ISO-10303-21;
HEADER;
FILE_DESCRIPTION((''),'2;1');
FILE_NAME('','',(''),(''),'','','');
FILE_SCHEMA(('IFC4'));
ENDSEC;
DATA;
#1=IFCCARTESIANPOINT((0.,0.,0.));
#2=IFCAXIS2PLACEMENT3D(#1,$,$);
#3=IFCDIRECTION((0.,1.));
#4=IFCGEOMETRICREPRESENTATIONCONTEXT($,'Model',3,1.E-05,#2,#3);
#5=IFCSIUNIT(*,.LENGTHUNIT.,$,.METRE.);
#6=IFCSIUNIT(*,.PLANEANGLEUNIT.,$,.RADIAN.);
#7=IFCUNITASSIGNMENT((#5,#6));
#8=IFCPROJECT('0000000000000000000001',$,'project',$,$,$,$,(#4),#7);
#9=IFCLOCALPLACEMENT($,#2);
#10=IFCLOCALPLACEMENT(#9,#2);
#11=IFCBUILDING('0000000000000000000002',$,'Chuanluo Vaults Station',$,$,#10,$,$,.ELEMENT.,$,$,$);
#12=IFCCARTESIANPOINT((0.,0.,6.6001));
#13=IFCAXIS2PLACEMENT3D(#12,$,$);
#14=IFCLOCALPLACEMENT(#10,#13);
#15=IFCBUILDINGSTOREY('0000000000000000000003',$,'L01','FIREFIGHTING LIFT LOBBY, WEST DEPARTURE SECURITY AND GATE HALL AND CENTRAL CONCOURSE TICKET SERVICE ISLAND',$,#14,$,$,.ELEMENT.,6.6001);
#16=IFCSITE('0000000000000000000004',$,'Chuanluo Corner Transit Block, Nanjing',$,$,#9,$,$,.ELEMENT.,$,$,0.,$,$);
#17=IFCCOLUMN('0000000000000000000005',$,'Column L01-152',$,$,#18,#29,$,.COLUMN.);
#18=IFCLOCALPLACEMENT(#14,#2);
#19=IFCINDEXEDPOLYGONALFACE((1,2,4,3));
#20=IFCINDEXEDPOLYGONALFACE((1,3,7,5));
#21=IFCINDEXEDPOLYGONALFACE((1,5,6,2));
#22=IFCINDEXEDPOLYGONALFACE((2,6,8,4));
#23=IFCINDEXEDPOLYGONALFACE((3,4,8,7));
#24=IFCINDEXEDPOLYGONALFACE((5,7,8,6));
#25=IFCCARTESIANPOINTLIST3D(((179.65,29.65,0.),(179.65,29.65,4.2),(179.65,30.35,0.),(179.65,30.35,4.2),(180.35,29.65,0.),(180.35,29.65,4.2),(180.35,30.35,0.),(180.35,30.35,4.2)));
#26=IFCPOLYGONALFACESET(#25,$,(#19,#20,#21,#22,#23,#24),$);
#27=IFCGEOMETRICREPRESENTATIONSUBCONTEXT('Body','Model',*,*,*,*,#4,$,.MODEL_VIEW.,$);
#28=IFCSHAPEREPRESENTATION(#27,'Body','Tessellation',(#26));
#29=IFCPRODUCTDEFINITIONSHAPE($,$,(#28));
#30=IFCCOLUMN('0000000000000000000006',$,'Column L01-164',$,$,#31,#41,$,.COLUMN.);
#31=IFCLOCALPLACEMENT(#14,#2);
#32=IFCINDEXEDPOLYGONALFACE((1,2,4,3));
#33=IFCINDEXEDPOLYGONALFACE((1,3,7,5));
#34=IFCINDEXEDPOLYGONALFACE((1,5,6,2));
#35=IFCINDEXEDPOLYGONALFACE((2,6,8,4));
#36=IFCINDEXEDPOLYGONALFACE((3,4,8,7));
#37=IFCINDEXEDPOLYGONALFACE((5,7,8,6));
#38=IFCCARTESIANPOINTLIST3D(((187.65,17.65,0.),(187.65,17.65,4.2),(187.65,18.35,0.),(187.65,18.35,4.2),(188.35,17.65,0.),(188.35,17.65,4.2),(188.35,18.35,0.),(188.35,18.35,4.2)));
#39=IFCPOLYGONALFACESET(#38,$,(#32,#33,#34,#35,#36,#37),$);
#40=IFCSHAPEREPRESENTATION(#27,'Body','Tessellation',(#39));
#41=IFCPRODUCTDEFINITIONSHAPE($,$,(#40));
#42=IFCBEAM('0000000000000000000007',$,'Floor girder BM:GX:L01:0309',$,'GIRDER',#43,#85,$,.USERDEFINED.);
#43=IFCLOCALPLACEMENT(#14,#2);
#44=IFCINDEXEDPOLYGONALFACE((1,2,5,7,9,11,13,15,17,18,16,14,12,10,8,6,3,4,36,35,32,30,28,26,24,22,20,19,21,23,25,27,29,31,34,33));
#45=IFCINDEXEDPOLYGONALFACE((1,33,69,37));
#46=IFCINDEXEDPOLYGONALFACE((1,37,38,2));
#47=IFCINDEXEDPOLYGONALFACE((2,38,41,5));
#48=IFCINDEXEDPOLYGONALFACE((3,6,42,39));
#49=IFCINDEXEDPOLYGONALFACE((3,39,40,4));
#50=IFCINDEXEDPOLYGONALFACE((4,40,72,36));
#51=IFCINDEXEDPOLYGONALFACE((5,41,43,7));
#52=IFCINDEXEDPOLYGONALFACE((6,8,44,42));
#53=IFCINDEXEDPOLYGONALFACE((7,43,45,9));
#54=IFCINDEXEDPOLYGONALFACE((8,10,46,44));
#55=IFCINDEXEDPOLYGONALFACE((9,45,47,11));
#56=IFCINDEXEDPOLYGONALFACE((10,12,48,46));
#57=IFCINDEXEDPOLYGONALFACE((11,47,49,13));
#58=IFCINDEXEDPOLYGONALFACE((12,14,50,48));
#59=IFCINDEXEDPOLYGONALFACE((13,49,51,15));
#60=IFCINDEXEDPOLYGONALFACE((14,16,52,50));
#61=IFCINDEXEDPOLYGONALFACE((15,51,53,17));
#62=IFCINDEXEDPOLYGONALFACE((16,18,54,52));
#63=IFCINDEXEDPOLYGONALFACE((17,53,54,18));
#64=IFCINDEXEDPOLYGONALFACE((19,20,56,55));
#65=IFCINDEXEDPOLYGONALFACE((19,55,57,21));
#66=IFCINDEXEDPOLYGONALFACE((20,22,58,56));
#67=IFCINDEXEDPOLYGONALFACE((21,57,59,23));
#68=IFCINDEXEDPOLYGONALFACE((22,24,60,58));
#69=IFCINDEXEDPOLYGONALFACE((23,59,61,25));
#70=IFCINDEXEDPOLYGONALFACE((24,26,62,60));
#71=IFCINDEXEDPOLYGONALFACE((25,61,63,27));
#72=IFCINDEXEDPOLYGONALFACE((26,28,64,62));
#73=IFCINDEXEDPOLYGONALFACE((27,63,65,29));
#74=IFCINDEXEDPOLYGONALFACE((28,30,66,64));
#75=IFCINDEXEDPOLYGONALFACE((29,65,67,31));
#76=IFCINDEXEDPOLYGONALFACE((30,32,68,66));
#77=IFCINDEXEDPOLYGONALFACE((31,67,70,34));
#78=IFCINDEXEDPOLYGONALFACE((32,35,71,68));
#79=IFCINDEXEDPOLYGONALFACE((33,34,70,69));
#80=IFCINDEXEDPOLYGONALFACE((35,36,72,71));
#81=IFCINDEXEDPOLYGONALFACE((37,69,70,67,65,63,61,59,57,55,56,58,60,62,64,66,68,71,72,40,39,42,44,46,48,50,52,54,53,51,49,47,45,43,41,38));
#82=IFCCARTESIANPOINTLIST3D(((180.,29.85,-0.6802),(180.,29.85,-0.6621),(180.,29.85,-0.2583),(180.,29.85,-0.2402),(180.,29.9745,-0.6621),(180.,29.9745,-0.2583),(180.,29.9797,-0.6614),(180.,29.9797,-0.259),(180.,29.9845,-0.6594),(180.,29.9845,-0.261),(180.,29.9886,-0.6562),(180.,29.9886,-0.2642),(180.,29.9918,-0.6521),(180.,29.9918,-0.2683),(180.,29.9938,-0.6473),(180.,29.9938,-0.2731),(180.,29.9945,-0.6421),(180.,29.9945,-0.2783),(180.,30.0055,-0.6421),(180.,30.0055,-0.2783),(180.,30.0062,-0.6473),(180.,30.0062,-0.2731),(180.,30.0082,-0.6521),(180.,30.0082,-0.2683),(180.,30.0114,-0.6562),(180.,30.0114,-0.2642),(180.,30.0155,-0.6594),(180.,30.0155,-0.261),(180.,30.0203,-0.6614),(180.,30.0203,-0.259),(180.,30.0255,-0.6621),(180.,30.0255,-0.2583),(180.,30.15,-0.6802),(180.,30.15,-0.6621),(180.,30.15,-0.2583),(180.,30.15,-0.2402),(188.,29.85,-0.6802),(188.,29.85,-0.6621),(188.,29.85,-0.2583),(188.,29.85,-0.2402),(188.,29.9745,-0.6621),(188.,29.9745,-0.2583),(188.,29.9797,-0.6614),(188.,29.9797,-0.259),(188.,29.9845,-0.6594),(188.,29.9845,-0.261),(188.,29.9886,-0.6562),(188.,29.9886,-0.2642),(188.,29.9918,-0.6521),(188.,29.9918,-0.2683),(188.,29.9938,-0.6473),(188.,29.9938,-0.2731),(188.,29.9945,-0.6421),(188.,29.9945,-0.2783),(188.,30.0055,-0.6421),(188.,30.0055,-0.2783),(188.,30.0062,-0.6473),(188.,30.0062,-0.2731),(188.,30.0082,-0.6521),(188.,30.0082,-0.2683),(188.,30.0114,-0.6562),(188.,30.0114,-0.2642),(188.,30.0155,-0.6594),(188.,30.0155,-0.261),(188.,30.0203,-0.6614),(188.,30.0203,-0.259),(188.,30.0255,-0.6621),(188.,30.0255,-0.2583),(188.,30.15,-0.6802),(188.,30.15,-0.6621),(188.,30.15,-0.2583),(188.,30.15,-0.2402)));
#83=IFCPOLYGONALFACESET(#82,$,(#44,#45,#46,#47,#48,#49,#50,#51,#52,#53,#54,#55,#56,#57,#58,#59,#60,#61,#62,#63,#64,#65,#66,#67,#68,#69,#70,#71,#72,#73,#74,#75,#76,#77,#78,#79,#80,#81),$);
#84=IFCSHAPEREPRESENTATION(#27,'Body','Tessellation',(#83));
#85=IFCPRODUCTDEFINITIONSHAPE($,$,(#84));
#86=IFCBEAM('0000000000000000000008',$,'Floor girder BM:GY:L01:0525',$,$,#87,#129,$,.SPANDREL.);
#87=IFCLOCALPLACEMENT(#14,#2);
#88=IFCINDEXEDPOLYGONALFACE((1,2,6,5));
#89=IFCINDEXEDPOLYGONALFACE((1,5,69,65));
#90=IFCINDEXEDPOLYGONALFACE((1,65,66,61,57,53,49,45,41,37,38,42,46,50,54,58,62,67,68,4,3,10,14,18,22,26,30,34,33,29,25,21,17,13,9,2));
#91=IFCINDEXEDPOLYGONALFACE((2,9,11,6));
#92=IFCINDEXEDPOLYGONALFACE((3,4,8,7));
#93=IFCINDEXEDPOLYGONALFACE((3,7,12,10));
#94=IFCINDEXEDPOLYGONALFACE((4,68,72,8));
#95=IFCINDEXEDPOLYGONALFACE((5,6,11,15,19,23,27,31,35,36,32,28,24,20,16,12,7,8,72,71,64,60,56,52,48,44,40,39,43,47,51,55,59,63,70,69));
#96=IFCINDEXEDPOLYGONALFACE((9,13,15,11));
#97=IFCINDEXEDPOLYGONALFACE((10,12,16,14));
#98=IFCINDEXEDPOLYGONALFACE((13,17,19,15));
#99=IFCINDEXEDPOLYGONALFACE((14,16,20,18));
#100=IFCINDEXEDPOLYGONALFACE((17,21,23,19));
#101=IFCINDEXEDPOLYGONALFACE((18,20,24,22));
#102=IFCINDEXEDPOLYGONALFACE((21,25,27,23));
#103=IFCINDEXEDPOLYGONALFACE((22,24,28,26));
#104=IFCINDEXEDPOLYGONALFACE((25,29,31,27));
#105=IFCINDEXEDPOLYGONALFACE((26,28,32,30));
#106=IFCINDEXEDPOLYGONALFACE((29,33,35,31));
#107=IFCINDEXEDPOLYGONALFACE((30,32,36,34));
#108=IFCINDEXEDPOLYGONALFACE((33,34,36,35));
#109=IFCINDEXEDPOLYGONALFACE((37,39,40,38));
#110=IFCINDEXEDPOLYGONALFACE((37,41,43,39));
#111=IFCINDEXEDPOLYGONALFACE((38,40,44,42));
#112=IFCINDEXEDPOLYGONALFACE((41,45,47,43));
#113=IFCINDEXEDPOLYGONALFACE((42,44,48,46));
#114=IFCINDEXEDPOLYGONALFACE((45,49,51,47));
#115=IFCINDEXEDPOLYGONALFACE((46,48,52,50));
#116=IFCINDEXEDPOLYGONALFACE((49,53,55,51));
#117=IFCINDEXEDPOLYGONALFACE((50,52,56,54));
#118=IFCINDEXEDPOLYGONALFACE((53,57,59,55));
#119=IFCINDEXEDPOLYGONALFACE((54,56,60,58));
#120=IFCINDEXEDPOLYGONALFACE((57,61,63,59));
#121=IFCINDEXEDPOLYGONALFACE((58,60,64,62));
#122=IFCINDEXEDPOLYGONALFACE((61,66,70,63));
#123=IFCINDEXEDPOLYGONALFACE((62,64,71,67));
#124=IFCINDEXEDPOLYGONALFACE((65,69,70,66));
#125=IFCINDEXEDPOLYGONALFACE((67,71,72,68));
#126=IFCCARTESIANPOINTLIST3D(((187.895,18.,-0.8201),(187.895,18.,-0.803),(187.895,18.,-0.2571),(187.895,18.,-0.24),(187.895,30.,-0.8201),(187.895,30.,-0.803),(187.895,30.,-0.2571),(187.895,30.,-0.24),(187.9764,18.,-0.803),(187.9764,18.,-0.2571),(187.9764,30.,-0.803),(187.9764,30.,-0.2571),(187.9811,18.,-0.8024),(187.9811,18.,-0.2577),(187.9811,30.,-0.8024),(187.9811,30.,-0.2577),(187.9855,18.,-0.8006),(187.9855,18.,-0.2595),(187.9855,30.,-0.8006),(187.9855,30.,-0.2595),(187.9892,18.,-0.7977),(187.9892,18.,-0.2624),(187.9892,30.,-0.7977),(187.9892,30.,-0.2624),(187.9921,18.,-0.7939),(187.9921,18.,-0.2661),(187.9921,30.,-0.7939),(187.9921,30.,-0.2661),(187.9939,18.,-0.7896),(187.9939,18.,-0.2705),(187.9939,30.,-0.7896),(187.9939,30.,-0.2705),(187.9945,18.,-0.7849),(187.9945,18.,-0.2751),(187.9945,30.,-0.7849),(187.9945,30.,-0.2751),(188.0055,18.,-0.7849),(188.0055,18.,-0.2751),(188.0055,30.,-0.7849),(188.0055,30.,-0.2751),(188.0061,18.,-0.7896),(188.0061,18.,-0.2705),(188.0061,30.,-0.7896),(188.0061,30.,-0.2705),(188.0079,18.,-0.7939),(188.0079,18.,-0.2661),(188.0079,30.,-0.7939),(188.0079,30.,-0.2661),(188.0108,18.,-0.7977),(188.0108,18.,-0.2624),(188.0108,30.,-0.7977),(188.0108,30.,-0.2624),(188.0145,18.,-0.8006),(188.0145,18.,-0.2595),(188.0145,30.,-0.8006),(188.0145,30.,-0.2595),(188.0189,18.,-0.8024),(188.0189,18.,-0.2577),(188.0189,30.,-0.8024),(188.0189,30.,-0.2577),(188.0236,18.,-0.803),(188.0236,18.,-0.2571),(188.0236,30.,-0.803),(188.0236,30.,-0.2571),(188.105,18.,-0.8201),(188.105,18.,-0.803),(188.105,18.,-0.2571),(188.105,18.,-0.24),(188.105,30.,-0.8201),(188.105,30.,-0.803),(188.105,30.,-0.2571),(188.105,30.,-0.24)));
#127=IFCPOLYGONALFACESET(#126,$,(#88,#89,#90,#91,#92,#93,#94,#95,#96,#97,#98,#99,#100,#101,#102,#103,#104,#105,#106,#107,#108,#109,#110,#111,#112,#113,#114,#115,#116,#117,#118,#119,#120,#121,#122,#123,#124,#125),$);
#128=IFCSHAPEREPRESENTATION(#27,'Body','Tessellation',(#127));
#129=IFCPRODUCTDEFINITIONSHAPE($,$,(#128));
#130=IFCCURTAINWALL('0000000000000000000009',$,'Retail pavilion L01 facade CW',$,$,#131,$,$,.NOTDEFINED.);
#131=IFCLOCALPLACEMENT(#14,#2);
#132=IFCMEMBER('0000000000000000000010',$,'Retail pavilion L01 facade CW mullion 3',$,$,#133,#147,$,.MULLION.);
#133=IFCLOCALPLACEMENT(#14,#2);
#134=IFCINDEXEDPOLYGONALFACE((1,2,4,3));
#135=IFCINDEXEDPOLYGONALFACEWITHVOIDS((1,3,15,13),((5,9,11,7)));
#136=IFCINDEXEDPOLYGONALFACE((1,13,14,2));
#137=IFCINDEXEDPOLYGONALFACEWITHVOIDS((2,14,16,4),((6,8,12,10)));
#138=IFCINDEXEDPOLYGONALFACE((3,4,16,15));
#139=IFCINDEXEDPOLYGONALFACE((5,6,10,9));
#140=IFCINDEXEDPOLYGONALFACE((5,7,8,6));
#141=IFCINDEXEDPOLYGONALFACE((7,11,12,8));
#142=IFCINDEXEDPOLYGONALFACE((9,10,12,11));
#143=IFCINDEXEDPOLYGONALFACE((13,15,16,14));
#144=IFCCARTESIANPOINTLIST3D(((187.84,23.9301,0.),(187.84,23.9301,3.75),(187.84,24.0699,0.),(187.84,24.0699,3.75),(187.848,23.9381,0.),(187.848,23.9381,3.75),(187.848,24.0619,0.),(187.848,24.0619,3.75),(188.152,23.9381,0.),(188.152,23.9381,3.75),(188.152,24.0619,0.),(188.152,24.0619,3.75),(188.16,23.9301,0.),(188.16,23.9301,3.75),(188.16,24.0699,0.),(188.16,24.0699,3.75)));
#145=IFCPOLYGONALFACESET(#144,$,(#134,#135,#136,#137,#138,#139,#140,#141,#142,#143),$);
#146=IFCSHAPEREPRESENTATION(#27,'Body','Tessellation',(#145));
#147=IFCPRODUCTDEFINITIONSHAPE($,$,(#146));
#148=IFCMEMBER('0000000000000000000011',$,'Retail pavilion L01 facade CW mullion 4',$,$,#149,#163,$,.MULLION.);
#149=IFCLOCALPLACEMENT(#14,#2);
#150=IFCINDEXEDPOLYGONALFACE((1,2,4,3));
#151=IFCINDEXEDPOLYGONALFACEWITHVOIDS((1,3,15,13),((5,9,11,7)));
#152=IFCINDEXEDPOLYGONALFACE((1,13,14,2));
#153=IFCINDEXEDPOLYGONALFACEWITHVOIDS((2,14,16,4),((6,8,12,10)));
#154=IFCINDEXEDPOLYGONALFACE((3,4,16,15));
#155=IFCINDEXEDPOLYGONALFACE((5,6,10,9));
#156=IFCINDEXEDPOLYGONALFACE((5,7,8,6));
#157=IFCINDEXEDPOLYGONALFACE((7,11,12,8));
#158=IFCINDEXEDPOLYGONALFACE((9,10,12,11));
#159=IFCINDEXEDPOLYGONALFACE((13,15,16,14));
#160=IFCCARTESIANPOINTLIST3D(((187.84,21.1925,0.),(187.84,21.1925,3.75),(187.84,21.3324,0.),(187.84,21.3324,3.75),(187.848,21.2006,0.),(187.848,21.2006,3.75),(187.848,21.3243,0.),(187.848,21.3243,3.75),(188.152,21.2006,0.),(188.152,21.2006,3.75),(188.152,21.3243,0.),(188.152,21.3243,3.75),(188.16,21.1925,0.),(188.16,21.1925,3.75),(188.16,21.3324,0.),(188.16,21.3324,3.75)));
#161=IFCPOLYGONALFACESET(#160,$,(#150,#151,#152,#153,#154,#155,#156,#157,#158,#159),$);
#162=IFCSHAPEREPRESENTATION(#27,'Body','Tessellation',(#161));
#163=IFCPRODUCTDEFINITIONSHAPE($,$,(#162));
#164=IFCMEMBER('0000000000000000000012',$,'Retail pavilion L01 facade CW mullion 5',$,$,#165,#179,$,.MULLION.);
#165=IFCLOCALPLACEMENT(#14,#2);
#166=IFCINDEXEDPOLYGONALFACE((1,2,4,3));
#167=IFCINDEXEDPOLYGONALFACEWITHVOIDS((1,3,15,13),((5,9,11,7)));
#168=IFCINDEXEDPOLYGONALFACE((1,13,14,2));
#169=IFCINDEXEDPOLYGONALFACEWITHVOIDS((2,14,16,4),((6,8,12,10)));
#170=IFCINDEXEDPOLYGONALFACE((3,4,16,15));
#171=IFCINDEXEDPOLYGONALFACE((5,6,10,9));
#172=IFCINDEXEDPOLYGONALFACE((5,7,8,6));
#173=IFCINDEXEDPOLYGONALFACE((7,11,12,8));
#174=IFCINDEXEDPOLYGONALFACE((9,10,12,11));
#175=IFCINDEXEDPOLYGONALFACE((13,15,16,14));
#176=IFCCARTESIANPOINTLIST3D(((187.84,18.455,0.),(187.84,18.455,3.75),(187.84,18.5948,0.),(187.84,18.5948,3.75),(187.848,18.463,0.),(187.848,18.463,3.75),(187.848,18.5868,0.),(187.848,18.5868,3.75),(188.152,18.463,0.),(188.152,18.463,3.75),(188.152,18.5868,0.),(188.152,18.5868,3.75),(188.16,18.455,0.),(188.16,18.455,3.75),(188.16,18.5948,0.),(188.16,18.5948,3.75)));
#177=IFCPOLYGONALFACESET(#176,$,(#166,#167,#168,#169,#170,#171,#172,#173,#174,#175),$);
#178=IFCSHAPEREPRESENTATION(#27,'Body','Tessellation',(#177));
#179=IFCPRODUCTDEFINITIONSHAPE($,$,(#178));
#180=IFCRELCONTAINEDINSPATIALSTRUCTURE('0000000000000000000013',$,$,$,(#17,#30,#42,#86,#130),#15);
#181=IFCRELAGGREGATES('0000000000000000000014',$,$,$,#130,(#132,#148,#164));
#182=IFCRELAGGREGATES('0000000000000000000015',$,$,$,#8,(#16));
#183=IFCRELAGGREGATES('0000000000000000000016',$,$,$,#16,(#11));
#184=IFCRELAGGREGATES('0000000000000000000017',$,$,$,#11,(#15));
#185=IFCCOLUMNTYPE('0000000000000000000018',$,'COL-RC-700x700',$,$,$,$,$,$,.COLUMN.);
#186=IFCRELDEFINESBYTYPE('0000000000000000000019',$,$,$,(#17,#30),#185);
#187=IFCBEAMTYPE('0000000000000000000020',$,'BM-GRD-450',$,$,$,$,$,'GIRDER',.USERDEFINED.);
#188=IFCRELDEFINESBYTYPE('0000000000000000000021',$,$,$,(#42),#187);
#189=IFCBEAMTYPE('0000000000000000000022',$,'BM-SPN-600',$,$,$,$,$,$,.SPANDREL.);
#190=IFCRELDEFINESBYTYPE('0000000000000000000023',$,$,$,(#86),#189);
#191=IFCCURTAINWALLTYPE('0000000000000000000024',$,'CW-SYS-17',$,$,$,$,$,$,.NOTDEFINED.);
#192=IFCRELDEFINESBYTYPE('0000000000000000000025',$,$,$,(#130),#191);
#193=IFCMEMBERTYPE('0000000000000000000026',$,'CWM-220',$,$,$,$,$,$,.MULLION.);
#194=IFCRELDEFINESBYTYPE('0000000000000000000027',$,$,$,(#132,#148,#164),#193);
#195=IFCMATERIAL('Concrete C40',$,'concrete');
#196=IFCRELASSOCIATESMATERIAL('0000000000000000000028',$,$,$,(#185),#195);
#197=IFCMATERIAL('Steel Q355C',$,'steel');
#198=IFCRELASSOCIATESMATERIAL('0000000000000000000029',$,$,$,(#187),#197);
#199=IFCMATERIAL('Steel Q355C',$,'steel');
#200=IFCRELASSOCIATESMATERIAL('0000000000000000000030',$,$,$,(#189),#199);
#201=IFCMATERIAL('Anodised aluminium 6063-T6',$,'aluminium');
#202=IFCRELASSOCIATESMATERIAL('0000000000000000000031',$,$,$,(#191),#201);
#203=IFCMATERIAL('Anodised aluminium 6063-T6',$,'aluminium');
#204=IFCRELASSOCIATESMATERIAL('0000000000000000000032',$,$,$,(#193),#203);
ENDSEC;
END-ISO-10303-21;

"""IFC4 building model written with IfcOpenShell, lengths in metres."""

from ifc_helpers import new_model, si_unit, direction, frame, origin, origin_2d, place, context, subcontext, project, spatial, rectangle, hollow_rectangle, i_section, extrude, material, material_profile, profile_set, type_object, element, aggregate, save


model = new_model("IFC4")

# Units and contexts
model_context = context("Model", 3, precision=1e-05, world=origin(), true_north=direction((0.0, 1.0)))
body_context = subcontext(model_context, "Body", "Model", "MODEL_VIEW")
ifc_project = project(units=[si_unit("LENGTHUNIT", "METRE"), si_unit("PLANEANGLEUNIT", "RADIAN")], contexts=[model_context])

# Site, building, storey
site_placement = place(None, origin())
site = spatial("IfcSite", under=ifc_project, at=site_placement, Name="Chuanluo Corner Transit Block, Nanjing", CompositionType="ELEMENT", RefElevation=0.0)
building_placement = place(site_placement, origin())
building = spatial("IfcBuilding", under=site, at=building_placement, Name="Chuanluo Vaults Station", CompositionType="ELEMENT")
storey_placement = place(building_placement, frame((0.0, 0.0, 6.6001)))
storey = spatial("IfcBuildingStorey", under=building, at=storey_placement, Name="L01", Description="FIREFIGHTING LIFT LOBBY, WEST DEPARTURE SECURITY AND GATE HALL AND CENTRAL CONCOURSE TICKET SERVICE ISLAND", CompositionType="ELEMENT", Elevation=6.6001)

# Columns
ifc_material_1 = material(Name="Concrete C40", Category="concrete")
ifc_material_profile_1 = material_profile(ifc_material_1, rectangle(XDim=0.7, YDim=0.7, at=origin_2d()))
ifc_profile_set_1 = profile_set([ifc_material_profile_1], Name="Concrete C40")
column_type = type_object("IfcColumnType", Name="COL-RC-700x700", PredefinedType="COLUMN", material=ifc_profile_set_1)
for number, where, z_axis, x_axis, name in (
    (1, (180.0, 30.0, 0.0), (0.0, 0.0, 1.0), (1.0, 0.0, 0.0), "Column L01-152"),
    (2, (188.0, 18.0, 0.0), (0.0, 0.0, 1.0), (1.0, 0.0, 0.0), "Column L01-164"),
):
    element("IfcColumn", number, at=place(storey_placement, frame(where, z_axis=z_axis, x_axis=x_axis)), inside=storey, type_object=column_type, Name=name, PredefinedType="COLUMN", context=body_context, shape_type="SweptSolid", body=[
        extrude(rectangle(XDim=0.7, YDim=0.7, at=origin_2d()), origin(), (0.0, 0.0, 1.0), 4.2),
    ])

# Beams
ifc_material_2 = material(Name="Steel Q355C", Category="steel")
ifc_material_profile_2 = material_profile(ifc_material_2, i_section(OverallWidth=0.3, OverallDepth=0.4399, WebThickness=0.011, FlangeThickness=0.0181, FilletRadius=0.02, at=origin_2d()))
ifc_profile_set_2 = profile_set([ifc_material_profile_2], Name="Steel Q355C")
beam_type_1 = type_object("IfcBeamType", Name="BM-GRD-450", ElementType="GIRDER", PredefinedType="USERDEFINED", material=ifc_profile_set_2)
beam_1_placement = place(storey_placement, frame((180.0, 30.0, -0.4602), z_axis=(1.0, 0.0, 0.0), x_axis=(0.0, 1.0, 0.0)))
element("IfcBeam", 3, at=beam_1_placement, inside=storey, type_object=beam_type_1, Name="Floor girder BM:GX:L01:0309", ObjectType="GIRDER", PredefinedType="USERDEFINED", context=body_context, shape_type="SweptSolid", body=[
    extrude(i_section(OverallWidth=0.3, OverallDepth=0.4399, WebThickness=0.011, FlangeThickness=0.0181, FilletRadius=0.02, at=origin_2d()), origin(), (0.0, 0.0, 1.0), 8.0),
])
ifc_material_3 = material(Name="Steel Q355C", Category="steel")
ifc_material_profile_3 = material_profile(ifc_material_3, i_section(OverallWidth=0.21, OverallDepth=0.5801, WebThickness=0.011, FlangeThickness=0.0171, FilletRadius=0.0181, at=origin_2d()))
ifc_profile_set_3 = profile_set([ifc_material_profile_3], Name="Steel Q355C")
beam_type_2 = type_object("IfcBeamType", Name="BM-SPN-600", PredefinedType="SPANDREL", material=ifc_profile_set_3)
beam_2_placement = place(storey_placement, frame((188.0, 18.0, -0.53), z_axis=(0.0, 1.0, 0.0), x_axis=(-1.0, 0.0, 0.0)))
element("IfcBeam", 4, at=beam_2_placement, inside=storey, type_object=beam_type_2, Name="Floor girder BM:GY:L01:0525", PredefinedType="SPANDREL", context=body_context, shape_type="SweptSolid", body=[
    extrude(i_section(OverallWidth=0.21, OverallDepth=0.5801, WebThickness=0.011, FlangeThickness=0.0171, FilletRadius=0.0181, at=origin_2d()), origin(), (0.0, 0.0, 1.0), 12.0),
])

# Curtain wall, members
ifc_material_4 = material(Name="Anodised aluminium 6063-T6", Category="aluminium")
curtain_wall_type = type_object("IfcCurtainWallType", Name="CW-SYS-17", PredefinedType="NOTDEFINED", material=ifc_material_4)
curtain_wall_placement = place(storey_placement, origin())
curtain_wall = element("IfcCurtainWall", 5, at=curtain_wall_placement, inside=storey, type_object=curtain_wall_type, Name="Retail pavilion L01 facade CW", PredefinedType="NOTDEFINED")
ifc_material_5 = material(Name="Anodised aluminium 6063-T6", Category="aluminium")
ifc_material_profile_4 = material_profile(ifc_material_5, hollow_rectangle(XDim=0.1399, YDim=0.3201, WallThickness=0.0081, at=origin_2d()))
ifc_profile_set_4 = profile_set([ifc_material_profile_4], Name="Anodised aluminium 6063-T6")
member_type_1 = type_object("IfcMemberType", Name="CWM-220", PredefinedType="MULLION", material=ifc_profile_set_4)
member_1_placement = place(storey_placement, frame((188.0, 24.0, 0.0), z_axis=(0.0, 0.0, 1.0), x_axis=(0.0, -1.0, 0.0)))
member_1 = element("IfcMember", 6, at=member_1_placement, type_object=member_type_1, Name="Retail pavilion L01 facade CW mullion 3", PredefinedType="MULLION", context=body_context, shape_type="SweptSolid", body=[
    extrude(hollow_rectangle(XDim=0.1399, YDim=0.3201, WallThickness=0.0081, at=origin_2d()), origin(), (0.0, 0.0, 1.0), 3.75),
])
member_2_placement = place(storey_placement, frame((188.0, 21.2625, 0.0), z_axis=(0.0, 0.0, 1.0), x_axis=(0.0, -1.0, 0.0)))
member_2 = element("IfcMember", 7, at=member_2_placement, type_object=member_type_1, Name="Retail pavilion L01 facade CW mullion 4", PredefinedType="MULLION", context=body_context, shape_type="SweptSolid", body=[
    extrude(hollow_rectangle(XDim=0.1399, YDim=0.3201, WallThickness=0.0081, at=origin_2d()), origin(), (0.0, 0.0, 1.0), 3.75),
])
member_3_placement = place(storey_placement, frame((188.0, 18.5249, 0.0), z_axis=(0.0, 0.0, 1.0), x_axis=(0.0, -1.0, 0.0)))
member_3 = element("IfcMember", 8, at=member_3_placement, type_object=member_type_1, Name="Retail pavilion L01 facade CW mullion 5", PredefinedType="MULLION", context=body_context, shape_type="SweptSolid", body=[
    extrude(hollow_rectangle(XDim=0.1399, YDim=0.3201, WallThickness=0.0081, at=origin_2d()), origin(), (0.0, 0.0, 1.0), 3.75),
])
aggregate(curtain_wall, [member_1, member_2, member_3])

save(model, "model.ifc")
